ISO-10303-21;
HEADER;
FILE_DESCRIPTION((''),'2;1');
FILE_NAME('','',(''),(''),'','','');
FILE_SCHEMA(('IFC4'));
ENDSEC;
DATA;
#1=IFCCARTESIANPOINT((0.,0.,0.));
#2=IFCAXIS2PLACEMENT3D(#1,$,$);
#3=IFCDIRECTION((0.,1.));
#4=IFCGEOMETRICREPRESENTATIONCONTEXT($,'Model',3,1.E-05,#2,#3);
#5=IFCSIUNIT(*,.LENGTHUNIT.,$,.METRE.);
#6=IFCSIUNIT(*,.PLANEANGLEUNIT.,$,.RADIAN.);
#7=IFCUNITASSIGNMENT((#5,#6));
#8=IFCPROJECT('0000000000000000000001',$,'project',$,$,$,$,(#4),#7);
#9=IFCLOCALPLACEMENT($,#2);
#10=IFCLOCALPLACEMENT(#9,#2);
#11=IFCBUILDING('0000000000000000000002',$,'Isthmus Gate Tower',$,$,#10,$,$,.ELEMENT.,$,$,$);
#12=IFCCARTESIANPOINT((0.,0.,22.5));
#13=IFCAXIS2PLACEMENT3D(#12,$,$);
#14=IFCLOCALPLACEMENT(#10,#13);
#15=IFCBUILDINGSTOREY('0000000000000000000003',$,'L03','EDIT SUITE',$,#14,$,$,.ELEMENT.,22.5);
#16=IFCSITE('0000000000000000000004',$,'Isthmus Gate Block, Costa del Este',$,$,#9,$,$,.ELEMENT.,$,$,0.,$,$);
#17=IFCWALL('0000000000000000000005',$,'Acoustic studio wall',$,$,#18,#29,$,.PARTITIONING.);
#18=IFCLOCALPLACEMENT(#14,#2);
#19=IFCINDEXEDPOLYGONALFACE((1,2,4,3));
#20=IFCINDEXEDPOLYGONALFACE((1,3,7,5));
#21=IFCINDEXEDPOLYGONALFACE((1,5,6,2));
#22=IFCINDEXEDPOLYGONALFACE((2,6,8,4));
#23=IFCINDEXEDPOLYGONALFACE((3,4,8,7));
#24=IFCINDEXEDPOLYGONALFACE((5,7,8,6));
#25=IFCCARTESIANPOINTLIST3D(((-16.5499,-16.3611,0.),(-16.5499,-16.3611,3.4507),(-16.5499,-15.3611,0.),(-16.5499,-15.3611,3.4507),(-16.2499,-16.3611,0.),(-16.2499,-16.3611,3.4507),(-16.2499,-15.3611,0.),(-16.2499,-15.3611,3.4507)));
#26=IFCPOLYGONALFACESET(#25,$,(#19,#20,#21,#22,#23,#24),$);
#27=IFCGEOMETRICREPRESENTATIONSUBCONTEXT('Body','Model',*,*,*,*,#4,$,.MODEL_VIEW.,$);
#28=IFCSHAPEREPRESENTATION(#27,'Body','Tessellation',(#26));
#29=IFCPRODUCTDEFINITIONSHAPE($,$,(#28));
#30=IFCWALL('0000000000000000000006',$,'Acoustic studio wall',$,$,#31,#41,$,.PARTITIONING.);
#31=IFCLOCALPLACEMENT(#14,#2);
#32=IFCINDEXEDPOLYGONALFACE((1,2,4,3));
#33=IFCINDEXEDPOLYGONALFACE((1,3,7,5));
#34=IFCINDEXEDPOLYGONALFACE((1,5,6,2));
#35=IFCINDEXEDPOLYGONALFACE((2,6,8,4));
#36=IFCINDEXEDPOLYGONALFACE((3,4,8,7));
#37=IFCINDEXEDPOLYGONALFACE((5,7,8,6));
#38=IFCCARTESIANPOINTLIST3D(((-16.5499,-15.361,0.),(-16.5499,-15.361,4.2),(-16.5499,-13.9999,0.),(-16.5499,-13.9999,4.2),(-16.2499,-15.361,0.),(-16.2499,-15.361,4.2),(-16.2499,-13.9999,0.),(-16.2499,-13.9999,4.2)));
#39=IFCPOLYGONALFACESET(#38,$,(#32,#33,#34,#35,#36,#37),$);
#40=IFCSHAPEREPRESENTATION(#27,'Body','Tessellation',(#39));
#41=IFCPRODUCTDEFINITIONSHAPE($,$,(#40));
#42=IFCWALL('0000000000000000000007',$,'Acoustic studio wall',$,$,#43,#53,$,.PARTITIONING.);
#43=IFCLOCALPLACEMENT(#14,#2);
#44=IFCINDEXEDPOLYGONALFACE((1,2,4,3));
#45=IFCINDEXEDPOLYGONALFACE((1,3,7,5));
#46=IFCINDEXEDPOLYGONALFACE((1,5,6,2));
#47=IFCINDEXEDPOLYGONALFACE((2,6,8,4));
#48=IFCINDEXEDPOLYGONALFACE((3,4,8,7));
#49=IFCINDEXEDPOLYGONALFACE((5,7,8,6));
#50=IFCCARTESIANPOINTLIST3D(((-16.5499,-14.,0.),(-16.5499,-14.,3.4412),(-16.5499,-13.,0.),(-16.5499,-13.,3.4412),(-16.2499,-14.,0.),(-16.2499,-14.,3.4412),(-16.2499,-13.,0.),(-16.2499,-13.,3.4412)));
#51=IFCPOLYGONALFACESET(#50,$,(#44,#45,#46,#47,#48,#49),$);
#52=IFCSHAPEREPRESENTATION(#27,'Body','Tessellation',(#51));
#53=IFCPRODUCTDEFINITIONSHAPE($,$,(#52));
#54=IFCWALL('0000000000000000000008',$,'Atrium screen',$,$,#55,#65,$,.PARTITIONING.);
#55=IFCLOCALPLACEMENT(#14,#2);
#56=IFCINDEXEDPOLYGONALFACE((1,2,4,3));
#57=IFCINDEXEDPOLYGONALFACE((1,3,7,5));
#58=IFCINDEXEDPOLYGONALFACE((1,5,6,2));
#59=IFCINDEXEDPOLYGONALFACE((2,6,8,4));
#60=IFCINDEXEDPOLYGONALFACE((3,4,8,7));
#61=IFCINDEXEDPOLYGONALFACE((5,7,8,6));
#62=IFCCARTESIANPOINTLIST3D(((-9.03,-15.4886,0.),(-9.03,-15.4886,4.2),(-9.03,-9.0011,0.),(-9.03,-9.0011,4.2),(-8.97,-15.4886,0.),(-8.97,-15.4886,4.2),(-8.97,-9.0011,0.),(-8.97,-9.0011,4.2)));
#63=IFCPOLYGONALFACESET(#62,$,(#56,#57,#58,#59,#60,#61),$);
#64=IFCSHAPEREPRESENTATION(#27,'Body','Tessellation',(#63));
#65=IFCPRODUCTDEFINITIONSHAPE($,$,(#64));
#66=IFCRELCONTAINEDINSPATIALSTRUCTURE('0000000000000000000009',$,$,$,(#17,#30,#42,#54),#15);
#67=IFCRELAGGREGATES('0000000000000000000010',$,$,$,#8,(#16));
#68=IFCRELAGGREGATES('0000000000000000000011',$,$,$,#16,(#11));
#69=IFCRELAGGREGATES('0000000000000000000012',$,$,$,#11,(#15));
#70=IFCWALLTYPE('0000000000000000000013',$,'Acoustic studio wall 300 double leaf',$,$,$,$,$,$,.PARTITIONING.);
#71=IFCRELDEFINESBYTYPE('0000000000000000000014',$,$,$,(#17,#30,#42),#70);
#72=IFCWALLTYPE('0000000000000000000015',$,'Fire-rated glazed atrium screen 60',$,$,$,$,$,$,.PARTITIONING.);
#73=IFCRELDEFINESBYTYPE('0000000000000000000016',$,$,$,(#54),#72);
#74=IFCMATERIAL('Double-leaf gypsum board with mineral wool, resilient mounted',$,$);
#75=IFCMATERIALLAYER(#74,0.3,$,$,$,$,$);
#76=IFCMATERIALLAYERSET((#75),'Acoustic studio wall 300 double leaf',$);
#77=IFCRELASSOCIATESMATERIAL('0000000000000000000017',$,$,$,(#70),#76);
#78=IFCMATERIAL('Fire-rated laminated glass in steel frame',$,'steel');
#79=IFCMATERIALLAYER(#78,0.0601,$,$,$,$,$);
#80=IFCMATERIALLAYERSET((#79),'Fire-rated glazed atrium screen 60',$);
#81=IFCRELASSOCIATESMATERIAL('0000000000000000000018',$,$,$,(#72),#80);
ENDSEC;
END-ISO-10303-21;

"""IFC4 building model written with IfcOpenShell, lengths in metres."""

from ifc_helpers import new_model, si_unit, direction, frame, frame_2d, origin, place, context, subcontext, project, spatial, rectangle, extrude, material, layer, layer_set, type_object, element, save


model = new_model("IFC4")

# Units and contexts
model_context = context("Model", 3, precision=1e-05, world=origin(), true_north=direction((0.0, 1.0)))
body_context = subcontext(model_context, "Body", "Model", "MODEL_VIEW")
ifc_project = project(units=[si_unit("LENGTHUNIT", "METRE"), si_unit("PLANEANGLEUNIT", "RADIAN")], contexts=[model_context])

# Site, building, storey
site_placement = place(None, origin())
site = spatial("IfcSite", under=ifc_project, at=site_placement, Name="Isthmus Gate Block, Costa del Este", CompositionType="ELEMENT", RefElevation=0.0)
building_placement = place(site_placement, origin())
building = spatial("IfcBuilding", under=site, at=building_placement, Name="Isthmus Gate Tower", CompositionType="ELEMENT")
storey_placement = place(building_placement, frame((0.0, 0.0, 22.5)))
storey = spatial("IfcBuildingStorey", under=building, at=storey_placement, Name="L03", Description="EDIT SUITE", CompositionType="ELEMENT", Elevation=22.5)

# Walls
ifc_material_1 = material(Name="Double-leaf gypsum board with mineral wool, resilient mounted")
ifc_layer_1 = layer(ifc_material_1, 0.3)
ifc_layer_set_1 = layer_set([ifc_layer_1], Name="Acoustic studio wall 300 double leaf")
wall_type_1 = type_object("IfcWallType", Name="Acoustic studio wall 300 double leaf", PredefinedType="PARTITIONING", material=ifc_layer_set_1)
wall_1_placement = place(storey_placement, frame((-16.3999, -16.3611, 0.0), z_axis=(0.0, 0.0, 1.0), x_axis=(0.0, 1.0, 0.0)))
element("IfcWall", 1, at=wall_1_placement, inside=storey, type_object=wall_type_1, Name="Acoustic studio wall", PredefinedType="PARTITIONING", context=body_context, shape_type="SweptSolid", body=[
    extrude(rectangle(XDim=1.0, YDim=0.3, at=frame_2d((0.5, 0.0))), origin(), (0.0, 0.0, 1.0), 3.4507),
])
wall_2_placement = place(storey_placement, frame((-16.3999, -15.3611, 0.0), z_axis=(0.0, 0.0, 1.0), x_axis=(0.0, 1.0, 0.0)))
element("IfcWall", 2, at=wall_2_placement, inside=storey, type_object=wall_type_1, Name="Acoustic studio wall", PredefinedType="PARTITIONING", context=body_context, shape_type="SweptSolid", body=[
    extrude(rectangle(XDim=1.3611, YDim=0.3, at=frame_2d((0.6807, 0.0))), origin(), (0.0, 0.0, 1.0), 4.2),
])
wall_3_placement = place(storey_placement, frame((-16.3999, -14.0, 0.0), z_axis=(0.0, 0.0, 1.0), x_axis=(0.0, 1.0, 0.0)))
element("IfcWall", 3, at=wall_3_placement, inside=storey, type_object=wall_type_1, Name="Acoustic studio wall", PredefinedType="PARTITIONING", context=body_context, shape_type="SweptSolid", body=[
    extrude(rectangle(XDim=1.0, YDim=0.3, at=frame_2d((0.5, 0.0))), origin(), (0.0, 0.0, 1.0), 3.4412),
])
ifc_material_2 = material(Name="Fire-rated laminated glass in steel frame", Category="steel")
ifc_layer_2 = layer(ifc_material_2, 0.0601)
ifc_layer_set_2 = layer_set([ifc_layer_2], Name="Fire-rated glazed atrium screen 60")
wall_type_2 = type_object("IfcWallType", Name="Fire-rated glazed atrium screen 60", PredefinedType="PARTITIONING", material=ifc_layer_set_2)
wall_4_placement = place(storey_placement, frame((-9.0, -15.4885, 0.0), z_axis=(0.0, 0.0, 1.0), x_axis=(0.0, 1.0, 0.0)))
element("IfcWall", 4, at=wall_4_placement, inside=storey, type_object=wall_type_2, Name="Atrium screen", PredefinedType="PARTITIONING", context=body_context, shape_type="SweptSolid", body=[
    extrude(rectangle(XDim=6.4875, YDim=0.0601, at=frame_2d((3.2437, 0.0))), origin(), (0.0, 0.0, 1.0), 4.2),
])

save(model, "model.ifc")
